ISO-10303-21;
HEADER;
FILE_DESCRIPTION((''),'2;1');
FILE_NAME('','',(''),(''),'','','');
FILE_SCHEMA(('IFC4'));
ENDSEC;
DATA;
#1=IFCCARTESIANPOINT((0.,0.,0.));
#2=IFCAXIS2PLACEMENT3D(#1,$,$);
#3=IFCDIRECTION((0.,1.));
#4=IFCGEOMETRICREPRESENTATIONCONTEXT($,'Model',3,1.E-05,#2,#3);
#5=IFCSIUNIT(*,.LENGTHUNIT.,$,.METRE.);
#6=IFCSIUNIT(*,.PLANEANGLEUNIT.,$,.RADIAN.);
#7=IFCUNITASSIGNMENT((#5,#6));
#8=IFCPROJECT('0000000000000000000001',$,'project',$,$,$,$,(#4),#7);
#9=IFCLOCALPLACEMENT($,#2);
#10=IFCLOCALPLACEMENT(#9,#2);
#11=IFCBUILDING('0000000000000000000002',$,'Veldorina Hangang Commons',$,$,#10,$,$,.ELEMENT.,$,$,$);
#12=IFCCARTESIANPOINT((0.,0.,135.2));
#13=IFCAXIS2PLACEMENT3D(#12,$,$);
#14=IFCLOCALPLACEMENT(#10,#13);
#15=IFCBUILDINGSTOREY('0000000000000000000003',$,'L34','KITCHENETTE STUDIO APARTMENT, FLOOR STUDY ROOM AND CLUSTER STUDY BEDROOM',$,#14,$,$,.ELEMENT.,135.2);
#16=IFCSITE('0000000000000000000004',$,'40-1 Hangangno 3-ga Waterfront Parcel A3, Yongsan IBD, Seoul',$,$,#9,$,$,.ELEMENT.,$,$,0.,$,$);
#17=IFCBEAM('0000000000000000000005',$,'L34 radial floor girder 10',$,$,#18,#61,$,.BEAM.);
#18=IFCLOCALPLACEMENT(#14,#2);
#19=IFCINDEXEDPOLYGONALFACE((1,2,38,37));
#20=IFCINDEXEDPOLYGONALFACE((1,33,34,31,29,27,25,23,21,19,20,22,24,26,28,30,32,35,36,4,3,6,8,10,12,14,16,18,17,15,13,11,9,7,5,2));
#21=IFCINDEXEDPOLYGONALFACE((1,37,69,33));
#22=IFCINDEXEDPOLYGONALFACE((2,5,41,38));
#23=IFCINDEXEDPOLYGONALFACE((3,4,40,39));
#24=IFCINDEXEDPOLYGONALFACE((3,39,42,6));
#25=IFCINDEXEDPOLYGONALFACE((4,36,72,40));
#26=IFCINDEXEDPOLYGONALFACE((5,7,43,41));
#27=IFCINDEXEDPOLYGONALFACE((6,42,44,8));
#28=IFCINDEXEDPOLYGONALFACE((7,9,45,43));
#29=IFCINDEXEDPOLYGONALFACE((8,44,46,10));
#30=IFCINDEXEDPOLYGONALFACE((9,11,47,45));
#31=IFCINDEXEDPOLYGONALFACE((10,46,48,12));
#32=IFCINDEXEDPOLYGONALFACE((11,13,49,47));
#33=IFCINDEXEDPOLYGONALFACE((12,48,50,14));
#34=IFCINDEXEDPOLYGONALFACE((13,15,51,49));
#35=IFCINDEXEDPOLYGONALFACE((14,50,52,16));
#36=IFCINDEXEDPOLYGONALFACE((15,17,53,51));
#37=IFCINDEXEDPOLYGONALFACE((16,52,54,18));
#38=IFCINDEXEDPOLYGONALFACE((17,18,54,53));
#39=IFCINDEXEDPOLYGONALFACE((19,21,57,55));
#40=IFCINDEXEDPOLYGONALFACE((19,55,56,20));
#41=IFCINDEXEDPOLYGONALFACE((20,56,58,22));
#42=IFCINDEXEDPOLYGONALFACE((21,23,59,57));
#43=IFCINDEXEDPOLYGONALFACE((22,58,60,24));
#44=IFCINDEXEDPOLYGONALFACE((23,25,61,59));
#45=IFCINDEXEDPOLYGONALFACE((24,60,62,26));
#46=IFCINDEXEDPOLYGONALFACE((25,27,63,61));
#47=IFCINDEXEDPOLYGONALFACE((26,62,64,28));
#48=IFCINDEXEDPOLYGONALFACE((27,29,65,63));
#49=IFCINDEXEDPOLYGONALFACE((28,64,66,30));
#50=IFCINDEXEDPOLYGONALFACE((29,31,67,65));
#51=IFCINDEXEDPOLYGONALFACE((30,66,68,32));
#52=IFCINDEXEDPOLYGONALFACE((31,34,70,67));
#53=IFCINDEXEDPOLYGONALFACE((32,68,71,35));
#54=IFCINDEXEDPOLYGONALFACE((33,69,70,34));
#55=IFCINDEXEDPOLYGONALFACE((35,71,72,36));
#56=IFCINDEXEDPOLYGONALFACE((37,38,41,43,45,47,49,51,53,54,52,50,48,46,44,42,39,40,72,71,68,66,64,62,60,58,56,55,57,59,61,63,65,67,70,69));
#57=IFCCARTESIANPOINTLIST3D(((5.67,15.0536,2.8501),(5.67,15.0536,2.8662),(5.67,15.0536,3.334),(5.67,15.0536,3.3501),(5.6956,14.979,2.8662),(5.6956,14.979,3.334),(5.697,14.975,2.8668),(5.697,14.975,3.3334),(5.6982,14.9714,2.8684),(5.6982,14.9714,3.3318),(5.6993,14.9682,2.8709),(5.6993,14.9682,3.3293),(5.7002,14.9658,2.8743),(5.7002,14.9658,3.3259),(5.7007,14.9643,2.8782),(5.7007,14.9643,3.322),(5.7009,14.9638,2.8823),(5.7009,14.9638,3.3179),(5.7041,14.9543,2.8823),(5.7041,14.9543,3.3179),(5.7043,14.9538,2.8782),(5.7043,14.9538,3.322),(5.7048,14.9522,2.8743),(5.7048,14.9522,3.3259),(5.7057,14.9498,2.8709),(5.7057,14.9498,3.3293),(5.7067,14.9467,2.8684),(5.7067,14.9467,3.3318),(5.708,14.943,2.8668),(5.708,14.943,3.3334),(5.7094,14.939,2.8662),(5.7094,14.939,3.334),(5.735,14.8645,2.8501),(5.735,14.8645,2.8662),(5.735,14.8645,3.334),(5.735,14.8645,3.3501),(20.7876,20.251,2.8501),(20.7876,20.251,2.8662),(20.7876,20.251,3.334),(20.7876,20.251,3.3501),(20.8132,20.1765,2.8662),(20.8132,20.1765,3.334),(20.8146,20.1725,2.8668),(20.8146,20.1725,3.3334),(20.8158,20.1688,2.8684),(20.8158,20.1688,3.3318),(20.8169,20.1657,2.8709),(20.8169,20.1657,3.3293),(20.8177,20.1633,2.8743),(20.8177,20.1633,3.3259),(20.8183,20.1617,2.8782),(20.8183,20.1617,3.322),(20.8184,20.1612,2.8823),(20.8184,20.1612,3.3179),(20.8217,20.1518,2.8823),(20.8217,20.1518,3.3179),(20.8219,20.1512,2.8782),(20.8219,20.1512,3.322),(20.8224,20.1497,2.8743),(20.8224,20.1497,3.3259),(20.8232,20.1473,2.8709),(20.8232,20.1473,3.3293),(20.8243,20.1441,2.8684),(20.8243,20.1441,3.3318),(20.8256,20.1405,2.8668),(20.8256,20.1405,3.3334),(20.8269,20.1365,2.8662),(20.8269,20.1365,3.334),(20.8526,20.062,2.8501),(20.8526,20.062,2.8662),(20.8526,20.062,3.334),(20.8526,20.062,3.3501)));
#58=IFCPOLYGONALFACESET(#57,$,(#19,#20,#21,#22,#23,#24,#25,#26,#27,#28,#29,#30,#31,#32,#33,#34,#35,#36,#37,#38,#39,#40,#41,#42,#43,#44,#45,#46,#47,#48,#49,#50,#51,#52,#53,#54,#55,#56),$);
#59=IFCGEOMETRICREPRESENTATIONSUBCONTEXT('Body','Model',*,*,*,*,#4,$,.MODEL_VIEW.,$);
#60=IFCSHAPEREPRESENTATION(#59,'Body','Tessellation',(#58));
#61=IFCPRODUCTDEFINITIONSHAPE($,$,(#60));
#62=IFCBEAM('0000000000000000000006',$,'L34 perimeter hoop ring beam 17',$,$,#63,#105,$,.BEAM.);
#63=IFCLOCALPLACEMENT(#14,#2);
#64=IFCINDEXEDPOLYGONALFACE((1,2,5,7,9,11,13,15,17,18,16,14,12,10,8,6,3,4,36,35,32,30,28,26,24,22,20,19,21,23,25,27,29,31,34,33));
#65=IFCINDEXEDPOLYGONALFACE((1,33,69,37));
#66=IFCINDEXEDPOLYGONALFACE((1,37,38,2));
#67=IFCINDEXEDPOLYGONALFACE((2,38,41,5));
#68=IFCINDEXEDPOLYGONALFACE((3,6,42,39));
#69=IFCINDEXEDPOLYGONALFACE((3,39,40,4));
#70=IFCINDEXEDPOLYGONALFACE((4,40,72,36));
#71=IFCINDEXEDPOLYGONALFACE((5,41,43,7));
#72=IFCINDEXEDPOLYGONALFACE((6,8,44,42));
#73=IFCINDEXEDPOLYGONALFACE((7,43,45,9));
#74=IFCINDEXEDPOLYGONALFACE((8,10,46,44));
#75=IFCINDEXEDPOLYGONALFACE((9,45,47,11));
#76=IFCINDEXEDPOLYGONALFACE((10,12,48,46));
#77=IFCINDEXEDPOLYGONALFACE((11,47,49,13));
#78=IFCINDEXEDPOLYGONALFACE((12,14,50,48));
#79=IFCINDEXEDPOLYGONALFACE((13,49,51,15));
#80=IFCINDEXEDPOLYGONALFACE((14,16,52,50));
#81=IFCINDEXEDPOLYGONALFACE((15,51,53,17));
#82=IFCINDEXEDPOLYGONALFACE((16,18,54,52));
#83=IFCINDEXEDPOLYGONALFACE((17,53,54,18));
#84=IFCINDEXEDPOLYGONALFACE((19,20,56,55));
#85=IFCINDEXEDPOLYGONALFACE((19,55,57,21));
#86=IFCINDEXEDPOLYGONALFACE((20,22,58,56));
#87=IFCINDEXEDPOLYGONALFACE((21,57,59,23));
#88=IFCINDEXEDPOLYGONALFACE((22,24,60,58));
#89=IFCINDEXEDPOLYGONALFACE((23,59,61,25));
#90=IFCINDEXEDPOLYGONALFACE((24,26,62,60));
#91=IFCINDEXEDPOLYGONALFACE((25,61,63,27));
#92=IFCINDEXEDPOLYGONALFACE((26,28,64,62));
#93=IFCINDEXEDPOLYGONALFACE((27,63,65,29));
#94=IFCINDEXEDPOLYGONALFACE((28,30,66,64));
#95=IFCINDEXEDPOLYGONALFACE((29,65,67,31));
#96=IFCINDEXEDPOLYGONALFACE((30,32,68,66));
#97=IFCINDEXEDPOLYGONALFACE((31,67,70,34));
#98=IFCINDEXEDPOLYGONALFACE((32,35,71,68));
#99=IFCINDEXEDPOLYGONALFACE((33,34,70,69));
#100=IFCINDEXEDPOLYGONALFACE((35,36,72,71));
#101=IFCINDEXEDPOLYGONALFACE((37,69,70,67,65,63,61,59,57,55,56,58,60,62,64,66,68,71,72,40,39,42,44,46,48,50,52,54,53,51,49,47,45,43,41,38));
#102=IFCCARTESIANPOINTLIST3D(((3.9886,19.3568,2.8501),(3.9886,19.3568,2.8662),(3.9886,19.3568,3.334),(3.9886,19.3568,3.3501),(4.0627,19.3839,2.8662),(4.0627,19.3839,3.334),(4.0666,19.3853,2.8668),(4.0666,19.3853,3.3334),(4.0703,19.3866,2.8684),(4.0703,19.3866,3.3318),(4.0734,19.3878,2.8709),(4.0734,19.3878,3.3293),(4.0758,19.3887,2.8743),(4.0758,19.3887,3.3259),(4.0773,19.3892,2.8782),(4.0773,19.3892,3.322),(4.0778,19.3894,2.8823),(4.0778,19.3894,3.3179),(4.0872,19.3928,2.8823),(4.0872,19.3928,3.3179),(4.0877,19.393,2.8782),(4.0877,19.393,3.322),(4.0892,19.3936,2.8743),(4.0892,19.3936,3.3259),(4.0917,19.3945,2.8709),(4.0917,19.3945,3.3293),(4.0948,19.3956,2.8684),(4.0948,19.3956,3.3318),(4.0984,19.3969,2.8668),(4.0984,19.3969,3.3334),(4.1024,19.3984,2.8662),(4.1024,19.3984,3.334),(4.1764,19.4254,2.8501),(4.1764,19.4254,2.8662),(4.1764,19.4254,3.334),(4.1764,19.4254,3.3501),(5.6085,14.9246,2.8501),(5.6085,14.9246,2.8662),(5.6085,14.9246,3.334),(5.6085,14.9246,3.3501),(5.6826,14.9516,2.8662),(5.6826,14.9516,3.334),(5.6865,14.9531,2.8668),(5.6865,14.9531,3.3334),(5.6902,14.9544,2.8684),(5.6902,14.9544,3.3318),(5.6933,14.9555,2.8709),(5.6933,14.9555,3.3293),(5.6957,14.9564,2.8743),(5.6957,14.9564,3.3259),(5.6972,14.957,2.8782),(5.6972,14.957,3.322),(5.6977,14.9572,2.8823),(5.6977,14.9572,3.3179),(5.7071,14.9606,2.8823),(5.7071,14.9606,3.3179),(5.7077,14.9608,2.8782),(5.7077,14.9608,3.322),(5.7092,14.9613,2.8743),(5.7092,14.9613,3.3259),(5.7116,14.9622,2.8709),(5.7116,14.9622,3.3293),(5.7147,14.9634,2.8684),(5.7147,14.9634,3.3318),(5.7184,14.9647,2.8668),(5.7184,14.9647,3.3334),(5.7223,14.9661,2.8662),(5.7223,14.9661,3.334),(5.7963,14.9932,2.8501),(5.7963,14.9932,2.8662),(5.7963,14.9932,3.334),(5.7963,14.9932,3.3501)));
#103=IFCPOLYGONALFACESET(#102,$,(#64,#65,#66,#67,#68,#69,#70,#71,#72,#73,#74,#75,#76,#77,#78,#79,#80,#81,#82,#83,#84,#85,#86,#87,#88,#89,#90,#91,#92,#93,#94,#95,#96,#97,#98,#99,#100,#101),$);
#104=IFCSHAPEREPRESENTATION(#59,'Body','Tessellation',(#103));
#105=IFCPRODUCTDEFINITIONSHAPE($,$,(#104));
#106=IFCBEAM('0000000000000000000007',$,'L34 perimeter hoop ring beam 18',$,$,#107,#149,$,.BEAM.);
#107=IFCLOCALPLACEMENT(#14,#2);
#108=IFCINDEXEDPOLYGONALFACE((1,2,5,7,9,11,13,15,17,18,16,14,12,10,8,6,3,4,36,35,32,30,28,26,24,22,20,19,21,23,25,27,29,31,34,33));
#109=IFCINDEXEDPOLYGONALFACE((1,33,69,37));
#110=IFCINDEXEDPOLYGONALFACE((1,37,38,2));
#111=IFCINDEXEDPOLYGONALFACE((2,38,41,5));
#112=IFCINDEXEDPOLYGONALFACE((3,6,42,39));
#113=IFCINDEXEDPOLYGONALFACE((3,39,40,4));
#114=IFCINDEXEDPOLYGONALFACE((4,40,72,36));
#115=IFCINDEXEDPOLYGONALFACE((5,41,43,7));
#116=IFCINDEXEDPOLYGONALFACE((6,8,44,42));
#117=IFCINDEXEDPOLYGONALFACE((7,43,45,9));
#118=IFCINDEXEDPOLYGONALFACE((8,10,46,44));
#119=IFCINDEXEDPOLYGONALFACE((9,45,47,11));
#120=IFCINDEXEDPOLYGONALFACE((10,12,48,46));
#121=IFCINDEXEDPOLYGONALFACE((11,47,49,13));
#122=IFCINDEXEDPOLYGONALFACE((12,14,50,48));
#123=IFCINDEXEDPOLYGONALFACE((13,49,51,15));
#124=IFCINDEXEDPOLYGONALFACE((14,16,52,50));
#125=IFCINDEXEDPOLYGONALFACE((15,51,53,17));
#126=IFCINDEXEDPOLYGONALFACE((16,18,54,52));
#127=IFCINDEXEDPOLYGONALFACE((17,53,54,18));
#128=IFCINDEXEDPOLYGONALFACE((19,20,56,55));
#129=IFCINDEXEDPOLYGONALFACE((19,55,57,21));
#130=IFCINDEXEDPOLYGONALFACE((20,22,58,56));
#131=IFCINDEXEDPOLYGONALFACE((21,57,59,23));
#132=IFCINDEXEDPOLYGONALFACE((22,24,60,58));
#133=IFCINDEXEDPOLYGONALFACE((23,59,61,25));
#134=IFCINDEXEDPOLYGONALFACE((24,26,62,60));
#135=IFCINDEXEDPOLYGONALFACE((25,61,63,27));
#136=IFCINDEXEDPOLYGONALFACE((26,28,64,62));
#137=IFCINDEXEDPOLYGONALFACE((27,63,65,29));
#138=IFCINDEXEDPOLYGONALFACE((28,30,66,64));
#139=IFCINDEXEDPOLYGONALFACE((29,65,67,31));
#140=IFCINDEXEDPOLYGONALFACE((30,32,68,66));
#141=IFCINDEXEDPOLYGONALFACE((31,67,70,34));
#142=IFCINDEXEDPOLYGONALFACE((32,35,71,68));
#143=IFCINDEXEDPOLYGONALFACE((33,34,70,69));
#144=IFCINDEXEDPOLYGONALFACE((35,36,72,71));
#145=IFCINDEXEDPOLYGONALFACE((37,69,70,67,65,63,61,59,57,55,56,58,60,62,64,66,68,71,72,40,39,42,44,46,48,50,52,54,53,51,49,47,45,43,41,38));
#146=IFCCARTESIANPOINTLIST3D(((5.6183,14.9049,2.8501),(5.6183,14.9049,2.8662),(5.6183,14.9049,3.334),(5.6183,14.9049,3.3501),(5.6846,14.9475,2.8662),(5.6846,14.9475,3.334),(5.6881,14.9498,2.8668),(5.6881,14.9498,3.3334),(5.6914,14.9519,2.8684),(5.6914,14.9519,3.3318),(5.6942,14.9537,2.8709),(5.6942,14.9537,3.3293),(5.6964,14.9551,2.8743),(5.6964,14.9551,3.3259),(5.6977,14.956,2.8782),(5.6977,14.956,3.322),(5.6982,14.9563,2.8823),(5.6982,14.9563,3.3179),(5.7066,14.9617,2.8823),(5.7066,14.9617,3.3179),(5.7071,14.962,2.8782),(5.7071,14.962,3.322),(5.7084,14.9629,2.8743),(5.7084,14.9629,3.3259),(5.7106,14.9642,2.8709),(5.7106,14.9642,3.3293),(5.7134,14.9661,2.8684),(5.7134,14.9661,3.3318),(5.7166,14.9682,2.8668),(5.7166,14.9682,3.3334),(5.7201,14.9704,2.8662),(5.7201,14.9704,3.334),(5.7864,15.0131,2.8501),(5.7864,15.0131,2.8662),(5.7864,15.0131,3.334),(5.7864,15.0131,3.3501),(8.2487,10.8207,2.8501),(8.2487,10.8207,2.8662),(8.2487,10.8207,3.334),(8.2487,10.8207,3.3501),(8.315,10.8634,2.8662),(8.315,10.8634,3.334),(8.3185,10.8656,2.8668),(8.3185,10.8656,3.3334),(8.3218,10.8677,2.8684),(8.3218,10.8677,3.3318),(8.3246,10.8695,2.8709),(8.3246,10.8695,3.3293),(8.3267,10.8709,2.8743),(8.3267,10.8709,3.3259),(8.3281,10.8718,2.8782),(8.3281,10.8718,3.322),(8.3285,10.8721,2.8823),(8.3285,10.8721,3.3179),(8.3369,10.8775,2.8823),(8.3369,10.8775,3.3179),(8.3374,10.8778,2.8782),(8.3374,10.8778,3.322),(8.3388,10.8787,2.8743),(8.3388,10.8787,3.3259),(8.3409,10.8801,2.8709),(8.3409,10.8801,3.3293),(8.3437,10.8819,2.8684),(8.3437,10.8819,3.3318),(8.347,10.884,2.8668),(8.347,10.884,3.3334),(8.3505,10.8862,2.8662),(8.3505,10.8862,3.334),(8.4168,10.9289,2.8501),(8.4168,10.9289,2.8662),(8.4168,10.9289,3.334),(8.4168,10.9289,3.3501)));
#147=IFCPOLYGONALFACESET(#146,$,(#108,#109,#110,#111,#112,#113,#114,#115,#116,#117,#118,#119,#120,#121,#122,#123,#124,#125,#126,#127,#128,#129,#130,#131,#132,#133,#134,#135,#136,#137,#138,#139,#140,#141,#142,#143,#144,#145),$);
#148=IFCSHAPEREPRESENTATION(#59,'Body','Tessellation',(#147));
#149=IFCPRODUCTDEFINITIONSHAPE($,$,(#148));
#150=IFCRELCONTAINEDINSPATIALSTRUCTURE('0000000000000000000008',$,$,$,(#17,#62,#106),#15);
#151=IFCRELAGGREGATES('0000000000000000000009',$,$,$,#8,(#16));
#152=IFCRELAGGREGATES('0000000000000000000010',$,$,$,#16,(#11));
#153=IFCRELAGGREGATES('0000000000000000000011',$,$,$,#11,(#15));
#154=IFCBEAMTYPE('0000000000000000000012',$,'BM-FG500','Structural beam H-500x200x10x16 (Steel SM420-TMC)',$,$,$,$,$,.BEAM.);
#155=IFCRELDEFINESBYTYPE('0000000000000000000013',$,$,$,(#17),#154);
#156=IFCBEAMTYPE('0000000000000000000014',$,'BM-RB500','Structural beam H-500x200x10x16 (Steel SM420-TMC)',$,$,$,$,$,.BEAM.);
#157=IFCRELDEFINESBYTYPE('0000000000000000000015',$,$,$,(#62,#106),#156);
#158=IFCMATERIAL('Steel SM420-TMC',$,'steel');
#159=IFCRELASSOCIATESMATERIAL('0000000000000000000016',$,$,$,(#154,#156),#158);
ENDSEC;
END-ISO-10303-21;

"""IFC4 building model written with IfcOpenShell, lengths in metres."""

from ifc_helpers import new_model, si_unit, direction, frame, origin, origin_2d, place, context, subcontext, project, spatial, i_section, extrude, material, material_profile, profile_set, type_object, element, save


model = new_model("IFC4")

# Units and contexts
model_context = context("Model", 3, precision=1e-05, world=origin(), true_north=direction((0.0, 1.0)))
body_context = subcontext(model_context, "Body", "Model", "MODEL_VIEW")
ifc_project = project(units=[si_unit("LENGTHUNIT", "METRE"), si_unit("PLANEANGLEUNIT", "RADIAN")], contexts=[model_context])

# Site, building, storey
site_placement = place(None, origin())
site = spatial("IfcSite", under=ifc_project, at=site_placement, Name="40-1 Hangangno 3-ga Waterfront Parcel A3, Yongsan IBD, Seoul", CompositionType="ELEMENT", RefElevation=0.0)
building_placement = place(site_placement, origin())
building = spatial("IfcBuilding", under=site, at=building_placement, Name="Veldorina Hangang Commons", CompositionType="ELEMENT")
storey_placement = place(building_placement, frame((0.0, 0.0, 135.2)))
storey = spatial("IfcBuildingStorey", under=building, at=storey_placement, Name="L34", Description="KITCHENETTE STUDIO APARTMENT, FLOOR STUDY ROOM AND CLUSTER STUDY BEDROOM", CompositionType="ELEMENT", Elevation=135.2)

# Beams
ifc_material_1 = material(Name="Steel SM420-TMC", Category="steel")
ifc_material_profile_1 = material_profile(ifc_material_1, i_section(OverallWidth=0.2, OverallDepth=0.5, WebThickness=0.01, FlangeThickness=0.0161, FilletRadius=0.0161, at=origin_2d()), Name="H-500x200x10x16")
ifc_profile_set_1 = profile_set([ifc_material_profile_1], Name="Steel SM420-TMC")
beam_type_1 = type_object("IfcBeamType", Name="BM-FG500", Description="Structural beam H-500x200x10x16 (Steel SM420-TMC)", PredefinedType="BEAM", material=ifc_profile_set_1)
beam_1_placement = place(storey_placement, frame((20.8201, 20.1565, 3.1001), z_axis=(-0.945671, -0.325125, 0.0), x_axis=(0.325125, -0.945671, 0.0)))
element("IfcBeam", 1, at=beam_1_placement, inside=storey, type_object=beam_type_1, Name="L34 radial floor girder 10", PredefinedType="BEAM", context=body_context, shape_type="SweptSolid", body=[
    extrude(i_section(OverallWidth=0.2, OverallDepth=0.5, WebThickness=0.01, FlangeThickness=0.0161, FilletRadius=0.0161, at=origin_2d()), origin(), (0.0, 0.0, 1.0), 15.9861),
])
ifc_material_profile_2 = material_profile(ifc_material_1, i_section(OverallWidth=0.2, OverallDepth=0.5, WebThickness=0.01, FlangeThickness=0.0161, FilletRadius=0.0161, at=origin_2d()), Name="H-500x200x10x16")
ifc_profile_set_2 = profile_set([ifc_material_profile_2], Name="Steel SM420-TMC")
beam_type_2 = type_object("IfcBeamType", Name="BM-RB500", Description="Structural beam H-500x200x10x16 (Steel SM420-TMC)", PredefinedType="BEAM", material=ifc_profile_set_2)
beam_2_placement = place(storey_placement, frame((4.0825, 19.3911, 3.1001), z_axis=(0.343275, -0.939235, 0.0), x_axis=(0.939235, 0.343275, 0.0)))
element("IfcBeam", 2, at=beam_2_placement, inside=storey, type_object=beam_type_2, Name="L34 perimeter hoop ring beam 17", PredefinedType="BEAM", context=body_context, shape_type="SweptSolid", body=[
    extrude(i_section(OverallWidth=0.2, OverallDepth=0.5, WebThickness=0.01, FlangeThickness=0.0161, FilletRadius=0.0161, at=origin_2d()), origin(), (0.0, 0.0, 1.0), 4.719),
])
beam_3_placement = place(storey_placement, frame((5.7024, 14.959, 3.1001), z_axis=(0.541456, -0.840729, 0.0), x_axis=(0.840729, 0.541456, 0.0)))
element("IfcBeam", 3, at=beam_3_placement, inside=storey, type_object=beam_type_2, Name="L34 perimeter hoop ring beam 18", PredefinedType="BEAM", context=body_context, shape_type="SweptSolid", body=[
    extrude(i_section(OverallWidth=0.2, OverallDepth=0.5, WebThickness=0.01, FlangeThickness=0.0161, FilletRadius=0.0161, at=origin_2d()), origin(), (0.0, 0.0, 1.0), 4.8579),
])

save(model, "model.ifc")
